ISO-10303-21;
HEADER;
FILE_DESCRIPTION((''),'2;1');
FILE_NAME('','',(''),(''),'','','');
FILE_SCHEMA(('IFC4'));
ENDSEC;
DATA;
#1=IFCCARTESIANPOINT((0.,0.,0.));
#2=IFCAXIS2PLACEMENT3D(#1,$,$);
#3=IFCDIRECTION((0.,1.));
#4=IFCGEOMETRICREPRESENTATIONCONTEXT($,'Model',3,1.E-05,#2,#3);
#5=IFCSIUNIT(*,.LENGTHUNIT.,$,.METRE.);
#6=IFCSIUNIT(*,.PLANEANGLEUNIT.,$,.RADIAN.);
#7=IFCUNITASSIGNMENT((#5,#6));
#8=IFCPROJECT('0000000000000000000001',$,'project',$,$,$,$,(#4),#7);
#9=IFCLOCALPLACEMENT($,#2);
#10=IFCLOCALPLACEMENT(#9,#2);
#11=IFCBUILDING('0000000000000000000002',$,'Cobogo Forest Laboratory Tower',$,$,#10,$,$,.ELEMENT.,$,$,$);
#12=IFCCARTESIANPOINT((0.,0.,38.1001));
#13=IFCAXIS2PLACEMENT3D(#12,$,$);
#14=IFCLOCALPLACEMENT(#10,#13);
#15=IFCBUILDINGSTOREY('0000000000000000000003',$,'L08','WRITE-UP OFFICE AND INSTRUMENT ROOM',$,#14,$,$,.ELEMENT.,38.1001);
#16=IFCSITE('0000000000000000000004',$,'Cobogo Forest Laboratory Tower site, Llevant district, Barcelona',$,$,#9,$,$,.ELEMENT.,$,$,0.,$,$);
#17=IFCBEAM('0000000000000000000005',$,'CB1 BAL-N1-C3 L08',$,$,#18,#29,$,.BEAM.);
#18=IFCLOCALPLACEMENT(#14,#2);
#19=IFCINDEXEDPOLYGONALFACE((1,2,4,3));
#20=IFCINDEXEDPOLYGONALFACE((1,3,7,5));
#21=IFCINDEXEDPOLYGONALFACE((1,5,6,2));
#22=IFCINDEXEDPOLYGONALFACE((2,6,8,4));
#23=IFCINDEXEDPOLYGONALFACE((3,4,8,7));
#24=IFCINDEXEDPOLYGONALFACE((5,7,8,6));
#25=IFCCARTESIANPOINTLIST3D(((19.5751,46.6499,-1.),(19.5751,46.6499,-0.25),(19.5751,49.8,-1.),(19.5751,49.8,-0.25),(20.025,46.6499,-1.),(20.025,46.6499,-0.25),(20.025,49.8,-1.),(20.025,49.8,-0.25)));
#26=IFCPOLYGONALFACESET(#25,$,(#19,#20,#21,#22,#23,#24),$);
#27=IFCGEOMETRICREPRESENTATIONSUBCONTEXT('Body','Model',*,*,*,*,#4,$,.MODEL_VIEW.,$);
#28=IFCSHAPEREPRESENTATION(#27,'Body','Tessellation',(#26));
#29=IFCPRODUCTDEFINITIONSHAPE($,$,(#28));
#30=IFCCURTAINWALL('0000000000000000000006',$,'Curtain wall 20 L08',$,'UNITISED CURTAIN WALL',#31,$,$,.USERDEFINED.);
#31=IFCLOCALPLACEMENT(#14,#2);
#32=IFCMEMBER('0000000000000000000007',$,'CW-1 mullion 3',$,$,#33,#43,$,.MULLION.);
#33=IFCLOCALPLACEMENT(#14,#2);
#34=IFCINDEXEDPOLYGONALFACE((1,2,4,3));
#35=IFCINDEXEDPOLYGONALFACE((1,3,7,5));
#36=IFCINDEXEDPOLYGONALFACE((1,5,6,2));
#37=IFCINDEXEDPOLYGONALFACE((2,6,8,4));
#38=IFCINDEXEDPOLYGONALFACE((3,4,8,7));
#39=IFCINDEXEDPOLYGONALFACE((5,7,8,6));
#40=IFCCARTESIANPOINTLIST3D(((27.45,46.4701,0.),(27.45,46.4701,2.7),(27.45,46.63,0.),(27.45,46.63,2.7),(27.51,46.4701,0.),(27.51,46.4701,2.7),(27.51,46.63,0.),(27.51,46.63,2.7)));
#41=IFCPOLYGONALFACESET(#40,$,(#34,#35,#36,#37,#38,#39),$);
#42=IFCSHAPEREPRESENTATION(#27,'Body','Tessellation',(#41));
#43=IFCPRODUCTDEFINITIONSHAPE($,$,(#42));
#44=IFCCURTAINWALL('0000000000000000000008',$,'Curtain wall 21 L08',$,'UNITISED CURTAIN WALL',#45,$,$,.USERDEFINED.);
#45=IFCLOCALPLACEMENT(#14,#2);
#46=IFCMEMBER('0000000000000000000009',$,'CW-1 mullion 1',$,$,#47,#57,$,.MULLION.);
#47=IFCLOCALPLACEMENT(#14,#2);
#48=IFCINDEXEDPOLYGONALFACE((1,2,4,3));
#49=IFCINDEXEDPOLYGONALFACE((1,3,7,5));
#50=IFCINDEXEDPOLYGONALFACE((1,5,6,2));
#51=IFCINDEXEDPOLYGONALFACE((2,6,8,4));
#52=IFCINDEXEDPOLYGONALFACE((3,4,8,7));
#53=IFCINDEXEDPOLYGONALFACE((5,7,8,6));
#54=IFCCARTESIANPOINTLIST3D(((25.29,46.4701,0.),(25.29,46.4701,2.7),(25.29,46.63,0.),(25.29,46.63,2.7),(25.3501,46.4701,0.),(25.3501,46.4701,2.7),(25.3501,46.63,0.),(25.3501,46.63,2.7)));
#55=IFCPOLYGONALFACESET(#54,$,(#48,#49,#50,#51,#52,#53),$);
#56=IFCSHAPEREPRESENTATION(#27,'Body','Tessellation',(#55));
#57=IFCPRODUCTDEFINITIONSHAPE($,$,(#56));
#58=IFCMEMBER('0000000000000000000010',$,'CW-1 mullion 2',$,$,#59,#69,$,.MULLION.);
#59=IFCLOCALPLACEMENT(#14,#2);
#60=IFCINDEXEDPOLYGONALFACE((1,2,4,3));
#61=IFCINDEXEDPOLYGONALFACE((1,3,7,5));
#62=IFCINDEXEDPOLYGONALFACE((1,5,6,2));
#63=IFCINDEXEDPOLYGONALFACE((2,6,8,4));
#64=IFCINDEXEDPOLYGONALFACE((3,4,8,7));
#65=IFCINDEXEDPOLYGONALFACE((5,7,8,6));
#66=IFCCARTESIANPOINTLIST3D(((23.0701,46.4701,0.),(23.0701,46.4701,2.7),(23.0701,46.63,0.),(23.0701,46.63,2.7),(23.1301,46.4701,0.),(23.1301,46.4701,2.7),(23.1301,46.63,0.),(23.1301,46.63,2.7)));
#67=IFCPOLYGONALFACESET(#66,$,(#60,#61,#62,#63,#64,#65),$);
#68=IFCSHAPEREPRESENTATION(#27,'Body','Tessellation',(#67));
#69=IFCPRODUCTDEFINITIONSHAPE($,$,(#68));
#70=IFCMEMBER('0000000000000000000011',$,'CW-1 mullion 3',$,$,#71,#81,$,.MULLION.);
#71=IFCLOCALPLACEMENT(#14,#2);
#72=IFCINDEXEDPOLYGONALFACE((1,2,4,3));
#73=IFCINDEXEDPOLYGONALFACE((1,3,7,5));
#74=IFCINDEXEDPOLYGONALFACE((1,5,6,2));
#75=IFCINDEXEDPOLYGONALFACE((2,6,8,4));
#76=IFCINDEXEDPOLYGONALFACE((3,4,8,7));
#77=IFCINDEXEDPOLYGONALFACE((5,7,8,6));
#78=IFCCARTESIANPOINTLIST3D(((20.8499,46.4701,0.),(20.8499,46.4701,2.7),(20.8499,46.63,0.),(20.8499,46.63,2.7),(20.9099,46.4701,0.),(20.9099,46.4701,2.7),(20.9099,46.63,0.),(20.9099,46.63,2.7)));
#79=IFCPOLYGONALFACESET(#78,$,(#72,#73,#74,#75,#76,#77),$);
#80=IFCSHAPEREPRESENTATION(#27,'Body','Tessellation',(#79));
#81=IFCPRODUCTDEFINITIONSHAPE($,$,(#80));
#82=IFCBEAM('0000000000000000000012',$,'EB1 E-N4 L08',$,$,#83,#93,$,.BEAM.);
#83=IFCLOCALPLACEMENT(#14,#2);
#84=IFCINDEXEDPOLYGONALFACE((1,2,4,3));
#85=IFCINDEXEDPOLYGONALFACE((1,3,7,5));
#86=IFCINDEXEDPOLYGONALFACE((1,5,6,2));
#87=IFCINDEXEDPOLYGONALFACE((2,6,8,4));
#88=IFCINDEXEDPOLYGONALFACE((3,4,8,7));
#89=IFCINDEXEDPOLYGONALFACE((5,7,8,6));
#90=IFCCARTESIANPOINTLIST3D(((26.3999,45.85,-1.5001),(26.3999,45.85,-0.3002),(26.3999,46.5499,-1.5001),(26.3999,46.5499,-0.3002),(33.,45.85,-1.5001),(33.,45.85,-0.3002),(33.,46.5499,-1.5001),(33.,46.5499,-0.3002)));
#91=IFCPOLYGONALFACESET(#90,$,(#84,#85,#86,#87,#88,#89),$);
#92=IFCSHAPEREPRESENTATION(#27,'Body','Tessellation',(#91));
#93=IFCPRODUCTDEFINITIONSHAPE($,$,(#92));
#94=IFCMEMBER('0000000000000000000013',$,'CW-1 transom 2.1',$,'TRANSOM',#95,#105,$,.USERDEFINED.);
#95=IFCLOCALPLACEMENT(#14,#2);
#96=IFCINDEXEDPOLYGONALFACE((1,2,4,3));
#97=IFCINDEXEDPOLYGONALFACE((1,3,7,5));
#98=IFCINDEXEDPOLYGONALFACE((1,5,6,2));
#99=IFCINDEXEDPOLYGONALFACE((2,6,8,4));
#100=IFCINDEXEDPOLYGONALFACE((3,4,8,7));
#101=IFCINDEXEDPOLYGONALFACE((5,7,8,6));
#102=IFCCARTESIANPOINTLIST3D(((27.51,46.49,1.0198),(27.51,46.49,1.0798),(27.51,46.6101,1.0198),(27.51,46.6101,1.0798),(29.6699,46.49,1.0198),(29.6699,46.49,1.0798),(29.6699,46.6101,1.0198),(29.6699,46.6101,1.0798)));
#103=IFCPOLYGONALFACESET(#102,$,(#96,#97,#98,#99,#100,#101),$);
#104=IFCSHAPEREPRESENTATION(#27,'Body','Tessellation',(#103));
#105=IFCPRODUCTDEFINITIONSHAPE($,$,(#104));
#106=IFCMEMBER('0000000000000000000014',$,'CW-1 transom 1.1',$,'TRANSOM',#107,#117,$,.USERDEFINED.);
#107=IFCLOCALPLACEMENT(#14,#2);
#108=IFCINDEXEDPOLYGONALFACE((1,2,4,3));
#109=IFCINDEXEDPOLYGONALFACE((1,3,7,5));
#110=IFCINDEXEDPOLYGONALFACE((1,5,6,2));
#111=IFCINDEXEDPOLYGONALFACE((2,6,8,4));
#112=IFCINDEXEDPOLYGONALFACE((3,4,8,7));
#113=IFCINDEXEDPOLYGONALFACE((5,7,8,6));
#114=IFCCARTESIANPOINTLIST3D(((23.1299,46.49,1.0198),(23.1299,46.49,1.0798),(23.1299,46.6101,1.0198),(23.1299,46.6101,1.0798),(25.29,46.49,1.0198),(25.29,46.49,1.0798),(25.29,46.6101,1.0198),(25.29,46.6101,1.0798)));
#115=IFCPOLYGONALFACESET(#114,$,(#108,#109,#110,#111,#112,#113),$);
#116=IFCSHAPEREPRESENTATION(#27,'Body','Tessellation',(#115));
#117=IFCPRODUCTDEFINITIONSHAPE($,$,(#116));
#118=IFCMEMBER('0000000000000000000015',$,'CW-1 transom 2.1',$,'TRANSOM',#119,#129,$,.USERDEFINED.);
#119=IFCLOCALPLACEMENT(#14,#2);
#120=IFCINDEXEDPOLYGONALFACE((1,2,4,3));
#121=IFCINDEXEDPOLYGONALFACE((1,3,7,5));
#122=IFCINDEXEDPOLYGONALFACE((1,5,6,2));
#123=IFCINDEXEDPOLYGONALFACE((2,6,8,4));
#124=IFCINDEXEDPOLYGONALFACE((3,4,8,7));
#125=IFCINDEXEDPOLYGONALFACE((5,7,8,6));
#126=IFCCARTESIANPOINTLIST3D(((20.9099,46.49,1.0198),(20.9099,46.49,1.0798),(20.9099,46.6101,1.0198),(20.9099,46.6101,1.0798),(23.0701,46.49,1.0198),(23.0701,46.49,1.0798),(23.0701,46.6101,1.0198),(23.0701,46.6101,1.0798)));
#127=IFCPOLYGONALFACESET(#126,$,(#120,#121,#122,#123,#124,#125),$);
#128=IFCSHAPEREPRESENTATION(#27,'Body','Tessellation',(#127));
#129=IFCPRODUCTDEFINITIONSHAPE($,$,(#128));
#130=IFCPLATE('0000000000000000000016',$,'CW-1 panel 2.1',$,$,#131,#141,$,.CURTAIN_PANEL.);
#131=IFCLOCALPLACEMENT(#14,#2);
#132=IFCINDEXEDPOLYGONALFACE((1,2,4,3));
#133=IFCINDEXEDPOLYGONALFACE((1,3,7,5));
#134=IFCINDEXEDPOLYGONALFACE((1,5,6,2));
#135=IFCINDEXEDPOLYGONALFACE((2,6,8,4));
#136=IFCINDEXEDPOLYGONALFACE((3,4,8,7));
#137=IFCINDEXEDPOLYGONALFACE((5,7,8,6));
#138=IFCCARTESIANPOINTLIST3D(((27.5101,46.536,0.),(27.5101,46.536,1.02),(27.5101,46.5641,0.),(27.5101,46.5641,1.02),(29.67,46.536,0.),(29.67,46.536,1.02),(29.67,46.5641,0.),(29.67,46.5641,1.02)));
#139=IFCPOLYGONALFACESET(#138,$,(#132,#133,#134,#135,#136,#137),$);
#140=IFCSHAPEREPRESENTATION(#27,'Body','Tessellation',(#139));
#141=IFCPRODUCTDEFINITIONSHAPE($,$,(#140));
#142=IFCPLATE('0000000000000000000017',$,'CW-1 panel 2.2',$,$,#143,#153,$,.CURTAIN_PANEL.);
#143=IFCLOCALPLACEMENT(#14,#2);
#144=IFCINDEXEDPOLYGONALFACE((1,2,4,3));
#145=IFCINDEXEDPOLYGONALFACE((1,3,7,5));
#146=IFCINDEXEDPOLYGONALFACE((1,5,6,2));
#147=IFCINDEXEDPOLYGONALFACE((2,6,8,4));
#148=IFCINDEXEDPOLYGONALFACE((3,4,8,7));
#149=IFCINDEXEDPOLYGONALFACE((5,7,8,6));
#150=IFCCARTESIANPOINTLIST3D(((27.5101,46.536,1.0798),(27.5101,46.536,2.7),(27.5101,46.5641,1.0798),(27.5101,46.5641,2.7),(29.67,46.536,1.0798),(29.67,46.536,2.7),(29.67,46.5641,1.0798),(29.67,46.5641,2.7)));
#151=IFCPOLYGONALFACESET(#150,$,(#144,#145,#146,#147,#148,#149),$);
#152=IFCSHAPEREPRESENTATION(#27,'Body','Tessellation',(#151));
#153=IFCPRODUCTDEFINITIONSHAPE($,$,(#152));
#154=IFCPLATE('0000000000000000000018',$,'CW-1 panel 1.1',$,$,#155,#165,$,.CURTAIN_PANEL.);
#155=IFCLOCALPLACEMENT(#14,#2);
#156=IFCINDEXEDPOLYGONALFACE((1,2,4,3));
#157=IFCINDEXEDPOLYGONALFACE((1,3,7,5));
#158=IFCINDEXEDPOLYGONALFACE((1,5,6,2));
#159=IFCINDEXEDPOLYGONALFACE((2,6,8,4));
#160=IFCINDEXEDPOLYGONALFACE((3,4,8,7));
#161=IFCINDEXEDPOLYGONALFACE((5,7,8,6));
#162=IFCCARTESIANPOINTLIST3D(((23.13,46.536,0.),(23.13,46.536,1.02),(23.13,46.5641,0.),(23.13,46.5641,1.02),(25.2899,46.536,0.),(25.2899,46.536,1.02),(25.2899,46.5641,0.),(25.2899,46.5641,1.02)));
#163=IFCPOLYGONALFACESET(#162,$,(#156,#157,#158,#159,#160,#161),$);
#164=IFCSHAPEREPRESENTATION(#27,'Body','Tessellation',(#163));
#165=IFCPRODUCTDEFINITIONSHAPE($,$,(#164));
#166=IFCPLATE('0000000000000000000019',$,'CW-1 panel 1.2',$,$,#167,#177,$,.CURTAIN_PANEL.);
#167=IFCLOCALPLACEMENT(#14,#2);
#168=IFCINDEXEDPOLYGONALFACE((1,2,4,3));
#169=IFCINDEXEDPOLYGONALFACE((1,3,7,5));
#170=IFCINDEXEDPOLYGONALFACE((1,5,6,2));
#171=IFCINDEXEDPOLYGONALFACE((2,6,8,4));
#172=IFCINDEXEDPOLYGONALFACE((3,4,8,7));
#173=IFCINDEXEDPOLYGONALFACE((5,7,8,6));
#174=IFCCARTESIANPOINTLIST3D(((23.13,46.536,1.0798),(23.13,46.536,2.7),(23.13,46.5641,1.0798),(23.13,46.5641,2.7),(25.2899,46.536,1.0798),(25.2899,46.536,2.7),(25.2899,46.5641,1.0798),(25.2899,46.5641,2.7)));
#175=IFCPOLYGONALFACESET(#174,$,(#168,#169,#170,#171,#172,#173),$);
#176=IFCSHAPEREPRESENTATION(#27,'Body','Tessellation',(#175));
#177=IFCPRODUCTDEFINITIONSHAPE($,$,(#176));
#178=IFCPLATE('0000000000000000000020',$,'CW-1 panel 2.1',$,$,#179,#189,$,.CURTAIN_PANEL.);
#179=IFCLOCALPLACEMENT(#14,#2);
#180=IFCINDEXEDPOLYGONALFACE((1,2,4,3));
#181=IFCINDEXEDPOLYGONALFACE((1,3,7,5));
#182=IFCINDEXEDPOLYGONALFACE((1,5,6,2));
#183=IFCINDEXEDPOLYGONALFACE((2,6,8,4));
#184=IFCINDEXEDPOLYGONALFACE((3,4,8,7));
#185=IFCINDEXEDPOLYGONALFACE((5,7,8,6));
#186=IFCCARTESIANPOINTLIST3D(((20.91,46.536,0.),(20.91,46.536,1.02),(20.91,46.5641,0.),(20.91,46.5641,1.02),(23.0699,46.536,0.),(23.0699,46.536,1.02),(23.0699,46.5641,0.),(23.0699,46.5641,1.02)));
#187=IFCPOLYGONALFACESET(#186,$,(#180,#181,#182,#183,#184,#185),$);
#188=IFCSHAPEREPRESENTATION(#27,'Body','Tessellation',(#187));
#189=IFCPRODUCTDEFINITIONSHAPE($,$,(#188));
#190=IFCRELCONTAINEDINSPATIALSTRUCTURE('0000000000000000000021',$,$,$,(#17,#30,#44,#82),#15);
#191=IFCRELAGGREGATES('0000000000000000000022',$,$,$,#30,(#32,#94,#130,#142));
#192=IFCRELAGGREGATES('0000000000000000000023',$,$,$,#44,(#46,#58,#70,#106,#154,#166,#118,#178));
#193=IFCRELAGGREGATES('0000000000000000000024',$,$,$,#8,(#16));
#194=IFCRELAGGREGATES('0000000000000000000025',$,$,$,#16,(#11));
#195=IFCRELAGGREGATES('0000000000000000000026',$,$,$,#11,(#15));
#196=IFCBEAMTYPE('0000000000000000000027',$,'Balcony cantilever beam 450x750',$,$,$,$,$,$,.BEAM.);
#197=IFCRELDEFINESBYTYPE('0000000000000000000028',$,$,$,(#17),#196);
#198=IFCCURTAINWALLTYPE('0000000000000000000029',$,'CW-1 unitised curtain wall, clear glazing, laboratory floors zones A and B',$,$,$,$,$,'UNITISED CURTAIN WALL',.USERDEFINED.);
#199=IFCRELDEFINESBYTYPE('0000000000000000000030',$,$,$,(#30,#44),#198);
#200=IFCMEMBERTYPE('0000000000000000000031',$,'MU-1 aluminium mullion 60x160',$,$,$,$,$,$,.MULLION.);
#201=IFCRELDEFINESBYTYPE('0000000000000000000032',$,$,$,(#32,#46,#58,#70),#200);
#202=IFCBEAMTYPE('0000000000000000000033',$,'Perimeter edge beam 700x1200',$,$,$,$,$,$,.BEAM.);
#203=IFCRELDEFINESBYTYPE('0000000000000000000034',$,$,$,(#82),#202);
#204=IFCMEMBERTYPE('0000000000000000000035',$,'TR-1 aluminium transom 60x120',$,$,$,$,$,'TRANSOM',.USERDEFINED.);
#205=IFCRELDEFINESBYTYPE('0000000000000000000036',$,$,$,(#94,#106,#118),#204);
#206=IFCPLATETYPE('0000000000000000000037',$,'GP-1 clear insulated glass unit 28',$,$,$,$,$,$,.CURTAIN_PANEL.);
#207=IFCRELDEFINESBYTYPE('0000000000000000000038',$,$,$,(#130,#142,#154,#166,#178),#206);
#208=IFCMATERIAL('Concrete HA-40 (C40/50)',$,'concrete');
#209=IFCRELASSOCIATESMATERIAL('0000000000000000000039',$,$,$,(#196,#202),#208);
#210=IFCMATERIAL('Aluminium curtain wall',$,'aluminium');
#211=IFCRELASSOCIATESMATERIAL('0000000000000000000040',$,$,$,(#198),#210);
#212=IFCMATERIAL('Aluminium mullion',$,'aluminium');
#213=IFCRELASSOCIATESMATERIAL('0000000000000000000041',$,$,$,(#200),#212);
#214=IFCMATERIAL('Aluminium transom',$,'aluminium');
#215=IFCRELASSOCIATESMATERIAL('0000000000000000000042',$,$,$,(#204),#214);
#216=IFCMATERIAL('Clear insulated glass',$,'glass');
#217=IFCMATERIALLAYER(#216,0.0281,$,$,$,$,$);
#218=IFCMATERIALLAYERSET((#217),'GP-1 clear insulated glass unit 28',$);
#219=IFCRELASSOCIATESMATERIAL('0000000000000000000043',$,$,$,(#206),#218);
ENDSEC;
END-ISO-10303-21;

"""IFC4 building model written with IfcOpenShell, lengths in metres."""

from ifc_helpers import new_model, si_unit, direction, frame, origin, origin_2d, place, context, subcontext, project, spatial, rectangle, extrude, material, layer, layer_set, material_profile, profile_set, type_object, element, aggregate, save


model = new_model("IFC4")

# Units and contexts
model_context = context("Model", 3, precision=1e-05, world=origin(), true_north=direction((0.0, 1.0)))
body_context = subcontext(model_context, "Body", "Model", "MODEL_VIEW")
ifc_project = project(units=[si_unit("LENGTHUNIT", "METRE"), si_unit("PLANEANGLEUNIT", "RADIAN")], contexts=[model_context])

# Site, building, storey
site_placement = place(None, origin())
site = spatial("IfcSite", under=ifc_project, at=site_placement, Name="Cobogo Forest Laboratory Tower site, Llevant district, Barcelona", CompositionType="ELEMENT", RefElevation=0.0)
building_placement = place(site_placement, origin())
building = spatial("IfcBuilding", under=site, at=building_placement, Name="Cobogo Forest Laboratory Tower", CompositionType="ELEMENT")
storey_placement = place(building_placement, frame((0.0, 0.0, 38.1001)))
storey = spatial("IfcBuildingStorey", under=building, at=storey_placement, Name="L08", Description="WRITE-UP OFFICE AND INSTRUMENT ROOM", CompositionType="ELEMENT", Elevation=38.1001)

# Beam
ifc_material_1 = material(Name="Concrete HA-40 (C40/50)", Category="concrete")
ifc_material_profile_1 = material_profile(ifc_material_1, rectangle(XDim=0.45, YDim=0.75, at=origin_2d()), Name="RC 450x750")
ifc_profile_set_1 = profile_set([ifc_material_profile_1], Name="Concrete HA-40 (C40/50)")
beam_type_1 = type_object("IfcBeamType", Name="Balcony cantilever beam 450x750", PredefinedType="BEAM", material=ifc_profile_set_1)
beam_1_placement = place(storey_placement, frame((19.8, 46.6499, -0.625), z_axis=(0.0, 1.0, 0.0), x_axis=(-1.0, 0.0, 0.0)))
element("IfcBeam", 1, at=beam_1_placement, inside=storey, type_object=beam_type_1, Name="CB1 BAL-N1-C3 L08", PredefinedType="BEAM", context=body_context, shape_type="SweptSolid", body=[
    extrude(rectangle(XDim=0.45, YDim=0.75, at=origin_2d()), origin(), (0.0, 0.0, 1.0), 3.1501),
])

# Curtain wall, member
ifc_material_2 = material(Name="Aluminium curtain wall", Category="aluminium")
curtain_wall_type = type_object("IfcCurtainWallType", Name="CW-1 unitised curtain wall, clear glazing, laboratory floors zones A and B", ElementType="UNITISED CURTAIN WALL", PredefinedType="USERDEFINED", material=ifc_material_2)
curtain_wall_1_placement = place(storey_placement, origin())
curtain_wall_1 = element("IfcCurtainWall", 2, at=curtain_wall_1_placement, inside=storey, type_object=curtain_wall_type, Name="Curtain wall 20 L08", ObjectType="UNITISED CURTAIN WALL", PredefinedType="USERDEFINED")
ifc_material_3 = material(Name="Aluminium mullion", Category="aluminium")
ifc_material_profile_2 = material_profile(ifc_material_3, rectangle(XDim=0.0601, YDim=0.1599, at=origin_2d()), Name="AL 60x160")
ifc_profile_set_2 = profile_set([ifc_material_profile_2], Name="Aluminium mullion")
member_type_1 = type_object("IfcMemberType", Name="MU-1 aluminium mullion 60x160", PredefinedType="MULLION", material=ifc_profile_set_2)
member_1_placement = place(storey_placement, frame((27.48, 46.55, 0.0), z_axis=(0.0, 0.0, 1.0), x_axis=(-1.0, 0.0, 0.0)))
member_1 = element("IfcMember", 3, at=member_1_placement, type_object=member_type_1, Name="CW-1 mullion 3", PredefinedType="MULLION", context=body_context, shape_type="SweptSolid", body=[
    extrude(rectangle(XDim=0.0601, YDim=0.1599, at=origin_2d()), origin(), (0.0, 0.0, 1.0), 2.7),
])

# Curtain wall, members
curtain_wall_2_placement = place(storey_placement, origin())
curtain_wall_2 = element("IfcCurtainWall", 4, at=curtain_wall_2_placement, inside=storey, type_object=curtain_wall_type, Name="Curtain wall 21 L08", ObjectType="UNITISED CURTAIN WALL", PredefinedType="USERDEFINED")
member_2_placement = place(storey_placement, frame((25.3201, 46.55, 0.0), z_axis=(0.0, 0.0, 1.0), x_axis=(-1.0, 0.0, 0.0)))
member_2 = element("IfcMember", 5, at=member_2_placement, type_object=member_type_1, Name="CW-1 mullion 1", PredefinedType="MULLION", context=body_context, shape_type="SweptSolid", body=[
    extrude(rectangle(XDim=0.0601, YDim=0.1599, at=origin_2d()), origin(), (0.0, 0.0, 1.0), 2.7),
])
member_3_placement = place(storey_placement, frame((23.1001, 46.55, 0.0), z_axis=(0.0, 0.0, 1.0), x_axis=(-1.0, 0.0, 0.0)))
member_3 = element("IfcMember", 6, at=member_3_placement, type_object=member_type_1, Name="CW-1 mullion 2", PredefinedType="MULLION", context=body_context, shape_type="SweptSolid", body=[
    extrude(rectangle(XDim=0.0601, YDim=0.1599, at=origin_2d()), origin(), (0.0, 0.0, 1.0), 2.7),
])
member_4_placement = place(storey_placement, frame((20.8799, 46.55, 0.0), z_axis=(0.0, 0.0, 1.0), x_axis=(-1.0, 0.0, 0.0)))
member_4 = element("IfcMember", 7, at=member_4_placement, type_object=member_type_1, Name="CW-1 mullion 3", PredefinedType="MULLION", context=body_context, shape_type="SweptSolid", body=[
    extrude(rectangle(XDim=0.0601, YDim=0.1599, at=origin_2d()), origin(), (0.0, 0.0, 1.0), 2.7),
])

# Beam
ifc_material_profile_3 = material_profile(ifc_material_1, rectangle(XDim=0.7, YDim=1.2, at=origin_2d()), Name="RC 700x1200")
ifc_profile_set_3 = profile_set([ifc_material_profile_3], Name="Concrete HA-40 (C40/50)")
beam_type_2 = type_object("IfcBeamType", Name="Perimeter edge beam 700x1200", PredefinedType="BEAM", material=ifc_profile_set_3)
beam_2_placement = place(storey_placement, frame((26.3999, 46.2, -0.9001), z_axis=(1.0, 0.0, 0.0), x_axis=(0.0, 1.0, 0.0)))
element("IfcBeam", 8, at=beam_2_placement, inside=storey, type_object=beam_type_2, Name="EB1 E-N4 L08", PredefinedType="BEAM", context=body_context, shape_type="SweptSolid", body=[
    extrude(rectangle(XDim=0.7, YDim=1.2, at=origin_2d()), origin(), (0.0, 0.0, 1.0), 6.6001),
])

# Members
ifc_material_4 = material(Name="Aluminium transom", Category="aluminium")
ifc_material_profile_4 = material_profile(ifc_material_4, rectangle(XDim=0.1201, YDim=0.0601, at=origin_2d()), Name="AL 60x120")
ifc_profile_set_4 = profile_set([ifc_material_profile_4], Name="Aluminium transom")
member_type_2 = type_object("IfcMemberType", Name="TR-1 aluminium transom 60x120", ElementType="TRANSOM", PredefinedType="USERDEFINED", material=ifc_profile_set_4)
member_5_placement = place(storey_placement, frame((29.6699, 46.55, 1.0498), z_axis=(-1.0, 0.0, 0.0), x_axis=(0.0, -1.0, 0.0)))
member_5 = element("IfcMember", 9, at=member_5_placement, type_object=member_type_2, Name="CW-1 transom 2.1", ObjectType="TRANSOM", PredefinedType="USERDEFINED", context=body_context, shape_type="SweptSolid", body=[
    extrude(rectangle(XDim=0.1201, YDim=0.0601, at=origin_2d()), origin(), (0.0, 0.0, 1.0), 2.1599),
])
member_6_placement = place(storey_placement, frame((25.29, 46.55, 1.0498), z_axis=(-1.0, 0.0, 0.0), x_axis=(0.0, -1.0, 0.0)))
member_6 = element("IfcMember", 10, at=member_6_placement, type_object=member_type_2, Name="CW-1 transom 1.1", ObjectType="TRANSOM", PredefinedType="USERDEFINED", context=body_context, shape_type="SweptSolid", body=[
    extrude(rectangle(XDim=0.1201, YDim=0.0601, at=origin_2d()), origin(), (0.0, 0.0, 1.0), 2.1602),
])
member_7_placement = place(storey_placement, frame((23.0701, 46.55, 1.0498), z_axis=(-1.0, 0.0, 0.0), x_axis=(0.0, -1.0, 0.0)))
member_7 = element("IfcMember", 11, at=member_7_placement, type_object=member_type_2, Name="CW-1 transom 2.1", ObjectType="TRANSOM", PredefinedType="USERDEFINED", context=body_context, shape_type="SweptSolid", body=[
    extrude(rectangle(XDim=0.1201, YDim=0.0601, at=origin_2d()), origin(), (0.0, 0.0, 1.0), 2.1602),
])

# Plates
ifc_material_5 = material(Name="Clear insulated glass", Category="glass")
ifc_layer_1 = layer(ifc_material_5, 0.0281)
ifc_layer_set_1 = layer_set([ifc_layer_1], Name="GP-1 clear insulated glass unit 28")
plate_type_1 = type_object("IfcPlateType", Name="GP-1 clear insulated glass unit 28", PredefinedType="CURTAIN_PANEL", material=ifc_layer_set_1)
plate_1_placement = place(storey_placement, frame((28.5901, 46.55, 0.0), z_axis=(0.0, 0.0, 1.0), x_axis=(-1.0, 0.0, 0.0)))
plate_1 = element("IfcPlate", 12, at=plate_1_placement, type_object=plate_type_1, Name="CW-1 panel 2.1", PredefinedType="CURTAIN_PANEL", context=body_context, shape_type="SweptSolid", body=[
    extrude(rectangle(XDim=2.1599, YDim=0.0281, at=origin_2d()), origin(), (0.0, 0.0, 1.0), 1.02),
])
plate_2_placement = place(storey_placement, frame((28.5901, 46.55, 1.0798), z_axis=(0.0, 0.0, 1.0), x_axis=(-1.0, 0.0, 0.0)))
plate_2 = element("IfcPlate", 13, at=plate_2_placement, type_object=plate_type_1, Name="CW-1 panel 2.2", PredefinedType="CURTAIN_PANEL", context=body_context, shape_type="SweptSolid", body=[
    extrude(rectangle(XDim=2.1599, YDim=0.0281, at=origin_2d()), origin(), (0.0, 0.0, 1.0), 1.6201),
])
aggregate(curtain_wall_1, [member_1, member_5, plate_1, plate_2])
plate_3_placement = place(storey_placement, frame((24.21, 46.55, 0.0), z_axis=(0.0, 0.0, 1.0), x_axis=(-1.0, 0.0, 0.0)))
plate_3 = element("IfcPlate", 14, at=plate_3_placement, type_object=plate_type_1, Name="CW-1 panel 1.1", PredefinedType="CURTAIN_PANEL", context=body_context, shape_type="SweptSolid", body=[
    extrude(rectangle(XDim=2.1599, YDim=0.0281, at=origin_2d()), origin(), (0.0, 0.0, 1.0), 1.02),
])
plate_4_placement = place(storey_placement, frame((24.21, 46.55, 1.0798), z_axis=(0.0, 0.0, 1.0), x_axis=(-1.0, 0.0, 0.0)))
plate_4 = element("IfcPlate", 15, at=plate_4_placement, type_object=plate_type_1, Name="CW-1 panel 1.2", PredefinedType="CURTAIN_PANEL", context=body_context, shape_type="SweptSolid", body=[
    extrude(rectangle(XDim=2.1599, YDim=0.0281, at=origin_2d()), origin(), (0.0, 0.0, 1.0), 1.6201),
])
plate_5_placement = place(storey_placement, frame((21.99, 46.55, 0.0), z_axis=(0.0, 0.0, 1.0), x_axis=(-1.0, 0.0, 0.0)))
plate_5 = element("IfcPlate", 16, at=plate_5_placement, type_object=plate_type_1, Name="CW-1 panel 2.1", PredefinedType="CURTAIN_PANEL", context=body_context, shape_type="SweptSolid", body=[
    extrude(rectangle(XDim=2.1599, YDim=0.0281, at=origin_2d()), origin(), (0.0, 0.0, 1.0), 1.02),
])
aggregate(curtain_wall_2, [member_2, member_3, member_4, member_6, plate_3, plate_4, member_7, plate_5])

save(model, "model.ifc")
